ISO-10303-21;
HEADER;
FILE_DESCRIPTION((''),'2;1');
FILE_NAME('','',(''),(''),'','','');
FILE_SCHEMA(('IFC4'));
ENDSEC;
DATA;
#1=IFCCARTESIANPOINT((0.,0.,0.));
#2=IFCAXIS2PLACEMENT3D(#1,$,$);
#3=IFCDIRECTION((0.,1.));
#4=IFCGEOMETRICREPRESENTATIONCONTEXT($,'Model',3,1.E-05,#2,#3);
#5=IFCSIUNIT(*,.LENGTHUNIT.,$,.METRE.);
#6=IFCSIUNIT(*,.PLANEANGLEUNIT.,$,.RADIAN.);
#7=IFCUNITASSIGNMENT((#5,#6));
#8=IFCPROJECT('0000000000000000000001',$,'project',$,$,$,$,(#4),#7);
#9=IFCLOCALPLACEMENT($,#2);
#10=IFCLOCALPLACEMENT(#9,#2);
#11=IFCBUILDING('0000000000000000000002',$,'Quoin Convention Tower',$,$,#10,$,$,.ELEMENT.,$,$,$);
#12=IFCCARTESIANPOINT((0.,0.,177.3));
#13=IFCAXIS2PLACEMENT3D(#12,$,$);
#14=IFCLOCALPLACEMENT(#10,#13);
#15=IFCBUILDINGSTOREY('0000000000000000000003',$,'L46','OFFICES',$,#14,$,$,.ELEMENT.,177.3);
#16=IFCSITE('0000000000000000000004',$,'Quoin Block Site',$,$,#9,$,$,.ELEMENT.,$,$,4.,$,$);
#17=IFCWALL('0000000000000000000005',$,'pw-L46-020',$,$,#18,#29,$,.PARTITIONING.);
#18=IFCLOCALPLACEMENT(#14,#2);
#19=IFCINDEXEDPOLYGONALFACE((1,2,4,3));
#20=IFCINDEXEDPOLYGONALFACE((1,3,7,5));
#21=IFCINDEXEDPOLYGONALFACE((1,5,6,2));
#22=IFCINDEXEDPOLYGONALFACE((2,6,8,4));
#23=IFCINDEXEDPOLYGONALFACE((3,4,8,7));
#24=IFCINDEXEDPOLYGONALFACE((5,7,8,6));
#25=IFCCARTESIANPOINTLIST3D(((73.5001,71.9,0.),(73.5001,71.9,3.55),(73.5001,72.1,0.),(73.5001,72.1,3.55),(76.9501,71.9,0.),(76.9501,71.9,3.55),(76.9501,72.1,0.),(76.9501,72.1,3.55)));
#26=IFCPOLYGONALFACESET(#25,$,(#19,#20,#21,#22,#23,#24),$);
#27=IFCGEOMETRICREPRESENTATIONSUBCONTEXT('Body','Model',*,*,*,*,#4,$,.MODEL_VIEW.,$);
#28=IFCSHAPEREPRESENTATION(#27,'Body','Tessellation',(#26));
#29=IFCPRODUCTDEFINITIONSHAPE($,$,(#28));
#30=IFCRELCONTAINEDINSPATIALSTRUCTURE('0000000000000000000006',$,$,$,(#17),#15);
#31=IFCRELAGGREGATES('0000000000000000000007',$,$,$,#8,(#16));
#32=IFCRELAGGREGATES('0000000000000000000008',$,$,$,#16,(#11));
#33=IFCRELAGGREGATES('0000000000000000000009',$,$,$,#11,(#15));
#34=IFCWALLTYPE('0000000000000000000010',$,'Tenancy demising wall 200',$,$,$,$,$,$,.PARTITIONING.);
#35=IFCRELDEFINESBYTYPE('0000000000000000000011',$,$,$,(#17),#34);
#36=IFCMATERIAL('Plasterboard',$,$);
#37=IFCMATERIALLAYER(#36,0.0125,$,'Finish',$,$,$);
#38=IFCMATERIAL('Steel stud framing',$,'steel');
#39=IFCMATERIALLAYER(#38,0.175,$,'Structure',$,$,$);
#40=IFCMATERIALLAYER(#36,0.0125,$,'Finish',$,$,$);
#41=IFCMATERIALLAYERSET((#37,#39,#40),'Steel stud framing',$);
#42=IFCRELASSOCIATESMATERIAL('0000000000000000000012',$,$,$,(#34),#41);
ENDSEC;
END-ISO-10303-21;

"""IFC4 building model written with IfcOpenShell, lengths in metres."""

from ifc_helpers import new_model, si_unit, direction, frame, frame_2d, origin, place, context, subcontext, project, spatial, rectangle, extrude, material, layer, layer_set, type_object, element, save


model = new_model("IFC4")

# Units and contexts
model_context = context("Model", 3, precision=1e-05, world=origin(), true_north=direction((0.0, 1.0)))
body_context = subcontext(model_context, "Body", "Model", "MODEL_VIEW")
ifc_project = project(units=[si_unit("LENGTHUNIT", "METRE"), si_unit("PLANEANGLEUNIT", "RADIAN")], contexts=[model_context])

# Site, building, storey
site_placement = place(None, origin())
site = spatial("IfcSite", under=ifc_project, at=site_placement, Name="Quoin Block Site", CompositionType="ELEMENT", RefElevation=4.0)
building_placement = place(site_placement, origin())
building = spatial("IfcBuilding", under=site, at=building_placement, Name="Quoin Convention Tower", CompositionType="ELEMENT")
storey_placement = place(building_placement, frame((0.0, 0.0, 177.3)))
storey = spatial("IfcBuildingStorey", under=building, at=storey_placement, Name="L46", Description="OFFICES", CompositionType="ELEMENT", Elevation=177.3)

# Shared definitions
ifc_material_1 = material(Name="Plasterboard")
ifc_material_2 = material(Name="Steel stud framing", Category="steel")

# Wall
ifc_layer_1 = layer(ifc_material_1, 0.0125, Name="Finish")
ifc_layer_2 = layer(ifc_material_2, 0.175, Name="Structure")
ifc_layer_3 = layer(ifc_material_1, 0.0125, Name="Finish")
ifc_layer_set_1 = layer_set([ifc_layer_1, ifc_layer_2, ifc_layer_3], Name="Steel stud framing")
wall_type_1 = type_object("IfcWallType", Name="Tenancy demising wall 200", PredefinedType="PARTITIONING", material=ifc_layer_set_1)
wall_1_placement = place(storey_placement, frame((73.5, 72.0, 0.0), z_axis=(0.0, 0.0, 1.0), x_axis=(1.0, 0.0, 0.0)))
element("IfcWall", 1, at=wall_1_placement, inside=storey, type_object=wall_type_1, Name="pw-L46-020", PredefinedType="PARTITIONING", context=body_context, shape_type="SweptSolid", body=[
    extrude(rectangle(XDim=3.45, YDim=0.2, at=frame_2d((1.7251, 0.0))), origin(), (0.0, 0.0, 1.0), 3.55),
])

save(model, "model.ifc")
